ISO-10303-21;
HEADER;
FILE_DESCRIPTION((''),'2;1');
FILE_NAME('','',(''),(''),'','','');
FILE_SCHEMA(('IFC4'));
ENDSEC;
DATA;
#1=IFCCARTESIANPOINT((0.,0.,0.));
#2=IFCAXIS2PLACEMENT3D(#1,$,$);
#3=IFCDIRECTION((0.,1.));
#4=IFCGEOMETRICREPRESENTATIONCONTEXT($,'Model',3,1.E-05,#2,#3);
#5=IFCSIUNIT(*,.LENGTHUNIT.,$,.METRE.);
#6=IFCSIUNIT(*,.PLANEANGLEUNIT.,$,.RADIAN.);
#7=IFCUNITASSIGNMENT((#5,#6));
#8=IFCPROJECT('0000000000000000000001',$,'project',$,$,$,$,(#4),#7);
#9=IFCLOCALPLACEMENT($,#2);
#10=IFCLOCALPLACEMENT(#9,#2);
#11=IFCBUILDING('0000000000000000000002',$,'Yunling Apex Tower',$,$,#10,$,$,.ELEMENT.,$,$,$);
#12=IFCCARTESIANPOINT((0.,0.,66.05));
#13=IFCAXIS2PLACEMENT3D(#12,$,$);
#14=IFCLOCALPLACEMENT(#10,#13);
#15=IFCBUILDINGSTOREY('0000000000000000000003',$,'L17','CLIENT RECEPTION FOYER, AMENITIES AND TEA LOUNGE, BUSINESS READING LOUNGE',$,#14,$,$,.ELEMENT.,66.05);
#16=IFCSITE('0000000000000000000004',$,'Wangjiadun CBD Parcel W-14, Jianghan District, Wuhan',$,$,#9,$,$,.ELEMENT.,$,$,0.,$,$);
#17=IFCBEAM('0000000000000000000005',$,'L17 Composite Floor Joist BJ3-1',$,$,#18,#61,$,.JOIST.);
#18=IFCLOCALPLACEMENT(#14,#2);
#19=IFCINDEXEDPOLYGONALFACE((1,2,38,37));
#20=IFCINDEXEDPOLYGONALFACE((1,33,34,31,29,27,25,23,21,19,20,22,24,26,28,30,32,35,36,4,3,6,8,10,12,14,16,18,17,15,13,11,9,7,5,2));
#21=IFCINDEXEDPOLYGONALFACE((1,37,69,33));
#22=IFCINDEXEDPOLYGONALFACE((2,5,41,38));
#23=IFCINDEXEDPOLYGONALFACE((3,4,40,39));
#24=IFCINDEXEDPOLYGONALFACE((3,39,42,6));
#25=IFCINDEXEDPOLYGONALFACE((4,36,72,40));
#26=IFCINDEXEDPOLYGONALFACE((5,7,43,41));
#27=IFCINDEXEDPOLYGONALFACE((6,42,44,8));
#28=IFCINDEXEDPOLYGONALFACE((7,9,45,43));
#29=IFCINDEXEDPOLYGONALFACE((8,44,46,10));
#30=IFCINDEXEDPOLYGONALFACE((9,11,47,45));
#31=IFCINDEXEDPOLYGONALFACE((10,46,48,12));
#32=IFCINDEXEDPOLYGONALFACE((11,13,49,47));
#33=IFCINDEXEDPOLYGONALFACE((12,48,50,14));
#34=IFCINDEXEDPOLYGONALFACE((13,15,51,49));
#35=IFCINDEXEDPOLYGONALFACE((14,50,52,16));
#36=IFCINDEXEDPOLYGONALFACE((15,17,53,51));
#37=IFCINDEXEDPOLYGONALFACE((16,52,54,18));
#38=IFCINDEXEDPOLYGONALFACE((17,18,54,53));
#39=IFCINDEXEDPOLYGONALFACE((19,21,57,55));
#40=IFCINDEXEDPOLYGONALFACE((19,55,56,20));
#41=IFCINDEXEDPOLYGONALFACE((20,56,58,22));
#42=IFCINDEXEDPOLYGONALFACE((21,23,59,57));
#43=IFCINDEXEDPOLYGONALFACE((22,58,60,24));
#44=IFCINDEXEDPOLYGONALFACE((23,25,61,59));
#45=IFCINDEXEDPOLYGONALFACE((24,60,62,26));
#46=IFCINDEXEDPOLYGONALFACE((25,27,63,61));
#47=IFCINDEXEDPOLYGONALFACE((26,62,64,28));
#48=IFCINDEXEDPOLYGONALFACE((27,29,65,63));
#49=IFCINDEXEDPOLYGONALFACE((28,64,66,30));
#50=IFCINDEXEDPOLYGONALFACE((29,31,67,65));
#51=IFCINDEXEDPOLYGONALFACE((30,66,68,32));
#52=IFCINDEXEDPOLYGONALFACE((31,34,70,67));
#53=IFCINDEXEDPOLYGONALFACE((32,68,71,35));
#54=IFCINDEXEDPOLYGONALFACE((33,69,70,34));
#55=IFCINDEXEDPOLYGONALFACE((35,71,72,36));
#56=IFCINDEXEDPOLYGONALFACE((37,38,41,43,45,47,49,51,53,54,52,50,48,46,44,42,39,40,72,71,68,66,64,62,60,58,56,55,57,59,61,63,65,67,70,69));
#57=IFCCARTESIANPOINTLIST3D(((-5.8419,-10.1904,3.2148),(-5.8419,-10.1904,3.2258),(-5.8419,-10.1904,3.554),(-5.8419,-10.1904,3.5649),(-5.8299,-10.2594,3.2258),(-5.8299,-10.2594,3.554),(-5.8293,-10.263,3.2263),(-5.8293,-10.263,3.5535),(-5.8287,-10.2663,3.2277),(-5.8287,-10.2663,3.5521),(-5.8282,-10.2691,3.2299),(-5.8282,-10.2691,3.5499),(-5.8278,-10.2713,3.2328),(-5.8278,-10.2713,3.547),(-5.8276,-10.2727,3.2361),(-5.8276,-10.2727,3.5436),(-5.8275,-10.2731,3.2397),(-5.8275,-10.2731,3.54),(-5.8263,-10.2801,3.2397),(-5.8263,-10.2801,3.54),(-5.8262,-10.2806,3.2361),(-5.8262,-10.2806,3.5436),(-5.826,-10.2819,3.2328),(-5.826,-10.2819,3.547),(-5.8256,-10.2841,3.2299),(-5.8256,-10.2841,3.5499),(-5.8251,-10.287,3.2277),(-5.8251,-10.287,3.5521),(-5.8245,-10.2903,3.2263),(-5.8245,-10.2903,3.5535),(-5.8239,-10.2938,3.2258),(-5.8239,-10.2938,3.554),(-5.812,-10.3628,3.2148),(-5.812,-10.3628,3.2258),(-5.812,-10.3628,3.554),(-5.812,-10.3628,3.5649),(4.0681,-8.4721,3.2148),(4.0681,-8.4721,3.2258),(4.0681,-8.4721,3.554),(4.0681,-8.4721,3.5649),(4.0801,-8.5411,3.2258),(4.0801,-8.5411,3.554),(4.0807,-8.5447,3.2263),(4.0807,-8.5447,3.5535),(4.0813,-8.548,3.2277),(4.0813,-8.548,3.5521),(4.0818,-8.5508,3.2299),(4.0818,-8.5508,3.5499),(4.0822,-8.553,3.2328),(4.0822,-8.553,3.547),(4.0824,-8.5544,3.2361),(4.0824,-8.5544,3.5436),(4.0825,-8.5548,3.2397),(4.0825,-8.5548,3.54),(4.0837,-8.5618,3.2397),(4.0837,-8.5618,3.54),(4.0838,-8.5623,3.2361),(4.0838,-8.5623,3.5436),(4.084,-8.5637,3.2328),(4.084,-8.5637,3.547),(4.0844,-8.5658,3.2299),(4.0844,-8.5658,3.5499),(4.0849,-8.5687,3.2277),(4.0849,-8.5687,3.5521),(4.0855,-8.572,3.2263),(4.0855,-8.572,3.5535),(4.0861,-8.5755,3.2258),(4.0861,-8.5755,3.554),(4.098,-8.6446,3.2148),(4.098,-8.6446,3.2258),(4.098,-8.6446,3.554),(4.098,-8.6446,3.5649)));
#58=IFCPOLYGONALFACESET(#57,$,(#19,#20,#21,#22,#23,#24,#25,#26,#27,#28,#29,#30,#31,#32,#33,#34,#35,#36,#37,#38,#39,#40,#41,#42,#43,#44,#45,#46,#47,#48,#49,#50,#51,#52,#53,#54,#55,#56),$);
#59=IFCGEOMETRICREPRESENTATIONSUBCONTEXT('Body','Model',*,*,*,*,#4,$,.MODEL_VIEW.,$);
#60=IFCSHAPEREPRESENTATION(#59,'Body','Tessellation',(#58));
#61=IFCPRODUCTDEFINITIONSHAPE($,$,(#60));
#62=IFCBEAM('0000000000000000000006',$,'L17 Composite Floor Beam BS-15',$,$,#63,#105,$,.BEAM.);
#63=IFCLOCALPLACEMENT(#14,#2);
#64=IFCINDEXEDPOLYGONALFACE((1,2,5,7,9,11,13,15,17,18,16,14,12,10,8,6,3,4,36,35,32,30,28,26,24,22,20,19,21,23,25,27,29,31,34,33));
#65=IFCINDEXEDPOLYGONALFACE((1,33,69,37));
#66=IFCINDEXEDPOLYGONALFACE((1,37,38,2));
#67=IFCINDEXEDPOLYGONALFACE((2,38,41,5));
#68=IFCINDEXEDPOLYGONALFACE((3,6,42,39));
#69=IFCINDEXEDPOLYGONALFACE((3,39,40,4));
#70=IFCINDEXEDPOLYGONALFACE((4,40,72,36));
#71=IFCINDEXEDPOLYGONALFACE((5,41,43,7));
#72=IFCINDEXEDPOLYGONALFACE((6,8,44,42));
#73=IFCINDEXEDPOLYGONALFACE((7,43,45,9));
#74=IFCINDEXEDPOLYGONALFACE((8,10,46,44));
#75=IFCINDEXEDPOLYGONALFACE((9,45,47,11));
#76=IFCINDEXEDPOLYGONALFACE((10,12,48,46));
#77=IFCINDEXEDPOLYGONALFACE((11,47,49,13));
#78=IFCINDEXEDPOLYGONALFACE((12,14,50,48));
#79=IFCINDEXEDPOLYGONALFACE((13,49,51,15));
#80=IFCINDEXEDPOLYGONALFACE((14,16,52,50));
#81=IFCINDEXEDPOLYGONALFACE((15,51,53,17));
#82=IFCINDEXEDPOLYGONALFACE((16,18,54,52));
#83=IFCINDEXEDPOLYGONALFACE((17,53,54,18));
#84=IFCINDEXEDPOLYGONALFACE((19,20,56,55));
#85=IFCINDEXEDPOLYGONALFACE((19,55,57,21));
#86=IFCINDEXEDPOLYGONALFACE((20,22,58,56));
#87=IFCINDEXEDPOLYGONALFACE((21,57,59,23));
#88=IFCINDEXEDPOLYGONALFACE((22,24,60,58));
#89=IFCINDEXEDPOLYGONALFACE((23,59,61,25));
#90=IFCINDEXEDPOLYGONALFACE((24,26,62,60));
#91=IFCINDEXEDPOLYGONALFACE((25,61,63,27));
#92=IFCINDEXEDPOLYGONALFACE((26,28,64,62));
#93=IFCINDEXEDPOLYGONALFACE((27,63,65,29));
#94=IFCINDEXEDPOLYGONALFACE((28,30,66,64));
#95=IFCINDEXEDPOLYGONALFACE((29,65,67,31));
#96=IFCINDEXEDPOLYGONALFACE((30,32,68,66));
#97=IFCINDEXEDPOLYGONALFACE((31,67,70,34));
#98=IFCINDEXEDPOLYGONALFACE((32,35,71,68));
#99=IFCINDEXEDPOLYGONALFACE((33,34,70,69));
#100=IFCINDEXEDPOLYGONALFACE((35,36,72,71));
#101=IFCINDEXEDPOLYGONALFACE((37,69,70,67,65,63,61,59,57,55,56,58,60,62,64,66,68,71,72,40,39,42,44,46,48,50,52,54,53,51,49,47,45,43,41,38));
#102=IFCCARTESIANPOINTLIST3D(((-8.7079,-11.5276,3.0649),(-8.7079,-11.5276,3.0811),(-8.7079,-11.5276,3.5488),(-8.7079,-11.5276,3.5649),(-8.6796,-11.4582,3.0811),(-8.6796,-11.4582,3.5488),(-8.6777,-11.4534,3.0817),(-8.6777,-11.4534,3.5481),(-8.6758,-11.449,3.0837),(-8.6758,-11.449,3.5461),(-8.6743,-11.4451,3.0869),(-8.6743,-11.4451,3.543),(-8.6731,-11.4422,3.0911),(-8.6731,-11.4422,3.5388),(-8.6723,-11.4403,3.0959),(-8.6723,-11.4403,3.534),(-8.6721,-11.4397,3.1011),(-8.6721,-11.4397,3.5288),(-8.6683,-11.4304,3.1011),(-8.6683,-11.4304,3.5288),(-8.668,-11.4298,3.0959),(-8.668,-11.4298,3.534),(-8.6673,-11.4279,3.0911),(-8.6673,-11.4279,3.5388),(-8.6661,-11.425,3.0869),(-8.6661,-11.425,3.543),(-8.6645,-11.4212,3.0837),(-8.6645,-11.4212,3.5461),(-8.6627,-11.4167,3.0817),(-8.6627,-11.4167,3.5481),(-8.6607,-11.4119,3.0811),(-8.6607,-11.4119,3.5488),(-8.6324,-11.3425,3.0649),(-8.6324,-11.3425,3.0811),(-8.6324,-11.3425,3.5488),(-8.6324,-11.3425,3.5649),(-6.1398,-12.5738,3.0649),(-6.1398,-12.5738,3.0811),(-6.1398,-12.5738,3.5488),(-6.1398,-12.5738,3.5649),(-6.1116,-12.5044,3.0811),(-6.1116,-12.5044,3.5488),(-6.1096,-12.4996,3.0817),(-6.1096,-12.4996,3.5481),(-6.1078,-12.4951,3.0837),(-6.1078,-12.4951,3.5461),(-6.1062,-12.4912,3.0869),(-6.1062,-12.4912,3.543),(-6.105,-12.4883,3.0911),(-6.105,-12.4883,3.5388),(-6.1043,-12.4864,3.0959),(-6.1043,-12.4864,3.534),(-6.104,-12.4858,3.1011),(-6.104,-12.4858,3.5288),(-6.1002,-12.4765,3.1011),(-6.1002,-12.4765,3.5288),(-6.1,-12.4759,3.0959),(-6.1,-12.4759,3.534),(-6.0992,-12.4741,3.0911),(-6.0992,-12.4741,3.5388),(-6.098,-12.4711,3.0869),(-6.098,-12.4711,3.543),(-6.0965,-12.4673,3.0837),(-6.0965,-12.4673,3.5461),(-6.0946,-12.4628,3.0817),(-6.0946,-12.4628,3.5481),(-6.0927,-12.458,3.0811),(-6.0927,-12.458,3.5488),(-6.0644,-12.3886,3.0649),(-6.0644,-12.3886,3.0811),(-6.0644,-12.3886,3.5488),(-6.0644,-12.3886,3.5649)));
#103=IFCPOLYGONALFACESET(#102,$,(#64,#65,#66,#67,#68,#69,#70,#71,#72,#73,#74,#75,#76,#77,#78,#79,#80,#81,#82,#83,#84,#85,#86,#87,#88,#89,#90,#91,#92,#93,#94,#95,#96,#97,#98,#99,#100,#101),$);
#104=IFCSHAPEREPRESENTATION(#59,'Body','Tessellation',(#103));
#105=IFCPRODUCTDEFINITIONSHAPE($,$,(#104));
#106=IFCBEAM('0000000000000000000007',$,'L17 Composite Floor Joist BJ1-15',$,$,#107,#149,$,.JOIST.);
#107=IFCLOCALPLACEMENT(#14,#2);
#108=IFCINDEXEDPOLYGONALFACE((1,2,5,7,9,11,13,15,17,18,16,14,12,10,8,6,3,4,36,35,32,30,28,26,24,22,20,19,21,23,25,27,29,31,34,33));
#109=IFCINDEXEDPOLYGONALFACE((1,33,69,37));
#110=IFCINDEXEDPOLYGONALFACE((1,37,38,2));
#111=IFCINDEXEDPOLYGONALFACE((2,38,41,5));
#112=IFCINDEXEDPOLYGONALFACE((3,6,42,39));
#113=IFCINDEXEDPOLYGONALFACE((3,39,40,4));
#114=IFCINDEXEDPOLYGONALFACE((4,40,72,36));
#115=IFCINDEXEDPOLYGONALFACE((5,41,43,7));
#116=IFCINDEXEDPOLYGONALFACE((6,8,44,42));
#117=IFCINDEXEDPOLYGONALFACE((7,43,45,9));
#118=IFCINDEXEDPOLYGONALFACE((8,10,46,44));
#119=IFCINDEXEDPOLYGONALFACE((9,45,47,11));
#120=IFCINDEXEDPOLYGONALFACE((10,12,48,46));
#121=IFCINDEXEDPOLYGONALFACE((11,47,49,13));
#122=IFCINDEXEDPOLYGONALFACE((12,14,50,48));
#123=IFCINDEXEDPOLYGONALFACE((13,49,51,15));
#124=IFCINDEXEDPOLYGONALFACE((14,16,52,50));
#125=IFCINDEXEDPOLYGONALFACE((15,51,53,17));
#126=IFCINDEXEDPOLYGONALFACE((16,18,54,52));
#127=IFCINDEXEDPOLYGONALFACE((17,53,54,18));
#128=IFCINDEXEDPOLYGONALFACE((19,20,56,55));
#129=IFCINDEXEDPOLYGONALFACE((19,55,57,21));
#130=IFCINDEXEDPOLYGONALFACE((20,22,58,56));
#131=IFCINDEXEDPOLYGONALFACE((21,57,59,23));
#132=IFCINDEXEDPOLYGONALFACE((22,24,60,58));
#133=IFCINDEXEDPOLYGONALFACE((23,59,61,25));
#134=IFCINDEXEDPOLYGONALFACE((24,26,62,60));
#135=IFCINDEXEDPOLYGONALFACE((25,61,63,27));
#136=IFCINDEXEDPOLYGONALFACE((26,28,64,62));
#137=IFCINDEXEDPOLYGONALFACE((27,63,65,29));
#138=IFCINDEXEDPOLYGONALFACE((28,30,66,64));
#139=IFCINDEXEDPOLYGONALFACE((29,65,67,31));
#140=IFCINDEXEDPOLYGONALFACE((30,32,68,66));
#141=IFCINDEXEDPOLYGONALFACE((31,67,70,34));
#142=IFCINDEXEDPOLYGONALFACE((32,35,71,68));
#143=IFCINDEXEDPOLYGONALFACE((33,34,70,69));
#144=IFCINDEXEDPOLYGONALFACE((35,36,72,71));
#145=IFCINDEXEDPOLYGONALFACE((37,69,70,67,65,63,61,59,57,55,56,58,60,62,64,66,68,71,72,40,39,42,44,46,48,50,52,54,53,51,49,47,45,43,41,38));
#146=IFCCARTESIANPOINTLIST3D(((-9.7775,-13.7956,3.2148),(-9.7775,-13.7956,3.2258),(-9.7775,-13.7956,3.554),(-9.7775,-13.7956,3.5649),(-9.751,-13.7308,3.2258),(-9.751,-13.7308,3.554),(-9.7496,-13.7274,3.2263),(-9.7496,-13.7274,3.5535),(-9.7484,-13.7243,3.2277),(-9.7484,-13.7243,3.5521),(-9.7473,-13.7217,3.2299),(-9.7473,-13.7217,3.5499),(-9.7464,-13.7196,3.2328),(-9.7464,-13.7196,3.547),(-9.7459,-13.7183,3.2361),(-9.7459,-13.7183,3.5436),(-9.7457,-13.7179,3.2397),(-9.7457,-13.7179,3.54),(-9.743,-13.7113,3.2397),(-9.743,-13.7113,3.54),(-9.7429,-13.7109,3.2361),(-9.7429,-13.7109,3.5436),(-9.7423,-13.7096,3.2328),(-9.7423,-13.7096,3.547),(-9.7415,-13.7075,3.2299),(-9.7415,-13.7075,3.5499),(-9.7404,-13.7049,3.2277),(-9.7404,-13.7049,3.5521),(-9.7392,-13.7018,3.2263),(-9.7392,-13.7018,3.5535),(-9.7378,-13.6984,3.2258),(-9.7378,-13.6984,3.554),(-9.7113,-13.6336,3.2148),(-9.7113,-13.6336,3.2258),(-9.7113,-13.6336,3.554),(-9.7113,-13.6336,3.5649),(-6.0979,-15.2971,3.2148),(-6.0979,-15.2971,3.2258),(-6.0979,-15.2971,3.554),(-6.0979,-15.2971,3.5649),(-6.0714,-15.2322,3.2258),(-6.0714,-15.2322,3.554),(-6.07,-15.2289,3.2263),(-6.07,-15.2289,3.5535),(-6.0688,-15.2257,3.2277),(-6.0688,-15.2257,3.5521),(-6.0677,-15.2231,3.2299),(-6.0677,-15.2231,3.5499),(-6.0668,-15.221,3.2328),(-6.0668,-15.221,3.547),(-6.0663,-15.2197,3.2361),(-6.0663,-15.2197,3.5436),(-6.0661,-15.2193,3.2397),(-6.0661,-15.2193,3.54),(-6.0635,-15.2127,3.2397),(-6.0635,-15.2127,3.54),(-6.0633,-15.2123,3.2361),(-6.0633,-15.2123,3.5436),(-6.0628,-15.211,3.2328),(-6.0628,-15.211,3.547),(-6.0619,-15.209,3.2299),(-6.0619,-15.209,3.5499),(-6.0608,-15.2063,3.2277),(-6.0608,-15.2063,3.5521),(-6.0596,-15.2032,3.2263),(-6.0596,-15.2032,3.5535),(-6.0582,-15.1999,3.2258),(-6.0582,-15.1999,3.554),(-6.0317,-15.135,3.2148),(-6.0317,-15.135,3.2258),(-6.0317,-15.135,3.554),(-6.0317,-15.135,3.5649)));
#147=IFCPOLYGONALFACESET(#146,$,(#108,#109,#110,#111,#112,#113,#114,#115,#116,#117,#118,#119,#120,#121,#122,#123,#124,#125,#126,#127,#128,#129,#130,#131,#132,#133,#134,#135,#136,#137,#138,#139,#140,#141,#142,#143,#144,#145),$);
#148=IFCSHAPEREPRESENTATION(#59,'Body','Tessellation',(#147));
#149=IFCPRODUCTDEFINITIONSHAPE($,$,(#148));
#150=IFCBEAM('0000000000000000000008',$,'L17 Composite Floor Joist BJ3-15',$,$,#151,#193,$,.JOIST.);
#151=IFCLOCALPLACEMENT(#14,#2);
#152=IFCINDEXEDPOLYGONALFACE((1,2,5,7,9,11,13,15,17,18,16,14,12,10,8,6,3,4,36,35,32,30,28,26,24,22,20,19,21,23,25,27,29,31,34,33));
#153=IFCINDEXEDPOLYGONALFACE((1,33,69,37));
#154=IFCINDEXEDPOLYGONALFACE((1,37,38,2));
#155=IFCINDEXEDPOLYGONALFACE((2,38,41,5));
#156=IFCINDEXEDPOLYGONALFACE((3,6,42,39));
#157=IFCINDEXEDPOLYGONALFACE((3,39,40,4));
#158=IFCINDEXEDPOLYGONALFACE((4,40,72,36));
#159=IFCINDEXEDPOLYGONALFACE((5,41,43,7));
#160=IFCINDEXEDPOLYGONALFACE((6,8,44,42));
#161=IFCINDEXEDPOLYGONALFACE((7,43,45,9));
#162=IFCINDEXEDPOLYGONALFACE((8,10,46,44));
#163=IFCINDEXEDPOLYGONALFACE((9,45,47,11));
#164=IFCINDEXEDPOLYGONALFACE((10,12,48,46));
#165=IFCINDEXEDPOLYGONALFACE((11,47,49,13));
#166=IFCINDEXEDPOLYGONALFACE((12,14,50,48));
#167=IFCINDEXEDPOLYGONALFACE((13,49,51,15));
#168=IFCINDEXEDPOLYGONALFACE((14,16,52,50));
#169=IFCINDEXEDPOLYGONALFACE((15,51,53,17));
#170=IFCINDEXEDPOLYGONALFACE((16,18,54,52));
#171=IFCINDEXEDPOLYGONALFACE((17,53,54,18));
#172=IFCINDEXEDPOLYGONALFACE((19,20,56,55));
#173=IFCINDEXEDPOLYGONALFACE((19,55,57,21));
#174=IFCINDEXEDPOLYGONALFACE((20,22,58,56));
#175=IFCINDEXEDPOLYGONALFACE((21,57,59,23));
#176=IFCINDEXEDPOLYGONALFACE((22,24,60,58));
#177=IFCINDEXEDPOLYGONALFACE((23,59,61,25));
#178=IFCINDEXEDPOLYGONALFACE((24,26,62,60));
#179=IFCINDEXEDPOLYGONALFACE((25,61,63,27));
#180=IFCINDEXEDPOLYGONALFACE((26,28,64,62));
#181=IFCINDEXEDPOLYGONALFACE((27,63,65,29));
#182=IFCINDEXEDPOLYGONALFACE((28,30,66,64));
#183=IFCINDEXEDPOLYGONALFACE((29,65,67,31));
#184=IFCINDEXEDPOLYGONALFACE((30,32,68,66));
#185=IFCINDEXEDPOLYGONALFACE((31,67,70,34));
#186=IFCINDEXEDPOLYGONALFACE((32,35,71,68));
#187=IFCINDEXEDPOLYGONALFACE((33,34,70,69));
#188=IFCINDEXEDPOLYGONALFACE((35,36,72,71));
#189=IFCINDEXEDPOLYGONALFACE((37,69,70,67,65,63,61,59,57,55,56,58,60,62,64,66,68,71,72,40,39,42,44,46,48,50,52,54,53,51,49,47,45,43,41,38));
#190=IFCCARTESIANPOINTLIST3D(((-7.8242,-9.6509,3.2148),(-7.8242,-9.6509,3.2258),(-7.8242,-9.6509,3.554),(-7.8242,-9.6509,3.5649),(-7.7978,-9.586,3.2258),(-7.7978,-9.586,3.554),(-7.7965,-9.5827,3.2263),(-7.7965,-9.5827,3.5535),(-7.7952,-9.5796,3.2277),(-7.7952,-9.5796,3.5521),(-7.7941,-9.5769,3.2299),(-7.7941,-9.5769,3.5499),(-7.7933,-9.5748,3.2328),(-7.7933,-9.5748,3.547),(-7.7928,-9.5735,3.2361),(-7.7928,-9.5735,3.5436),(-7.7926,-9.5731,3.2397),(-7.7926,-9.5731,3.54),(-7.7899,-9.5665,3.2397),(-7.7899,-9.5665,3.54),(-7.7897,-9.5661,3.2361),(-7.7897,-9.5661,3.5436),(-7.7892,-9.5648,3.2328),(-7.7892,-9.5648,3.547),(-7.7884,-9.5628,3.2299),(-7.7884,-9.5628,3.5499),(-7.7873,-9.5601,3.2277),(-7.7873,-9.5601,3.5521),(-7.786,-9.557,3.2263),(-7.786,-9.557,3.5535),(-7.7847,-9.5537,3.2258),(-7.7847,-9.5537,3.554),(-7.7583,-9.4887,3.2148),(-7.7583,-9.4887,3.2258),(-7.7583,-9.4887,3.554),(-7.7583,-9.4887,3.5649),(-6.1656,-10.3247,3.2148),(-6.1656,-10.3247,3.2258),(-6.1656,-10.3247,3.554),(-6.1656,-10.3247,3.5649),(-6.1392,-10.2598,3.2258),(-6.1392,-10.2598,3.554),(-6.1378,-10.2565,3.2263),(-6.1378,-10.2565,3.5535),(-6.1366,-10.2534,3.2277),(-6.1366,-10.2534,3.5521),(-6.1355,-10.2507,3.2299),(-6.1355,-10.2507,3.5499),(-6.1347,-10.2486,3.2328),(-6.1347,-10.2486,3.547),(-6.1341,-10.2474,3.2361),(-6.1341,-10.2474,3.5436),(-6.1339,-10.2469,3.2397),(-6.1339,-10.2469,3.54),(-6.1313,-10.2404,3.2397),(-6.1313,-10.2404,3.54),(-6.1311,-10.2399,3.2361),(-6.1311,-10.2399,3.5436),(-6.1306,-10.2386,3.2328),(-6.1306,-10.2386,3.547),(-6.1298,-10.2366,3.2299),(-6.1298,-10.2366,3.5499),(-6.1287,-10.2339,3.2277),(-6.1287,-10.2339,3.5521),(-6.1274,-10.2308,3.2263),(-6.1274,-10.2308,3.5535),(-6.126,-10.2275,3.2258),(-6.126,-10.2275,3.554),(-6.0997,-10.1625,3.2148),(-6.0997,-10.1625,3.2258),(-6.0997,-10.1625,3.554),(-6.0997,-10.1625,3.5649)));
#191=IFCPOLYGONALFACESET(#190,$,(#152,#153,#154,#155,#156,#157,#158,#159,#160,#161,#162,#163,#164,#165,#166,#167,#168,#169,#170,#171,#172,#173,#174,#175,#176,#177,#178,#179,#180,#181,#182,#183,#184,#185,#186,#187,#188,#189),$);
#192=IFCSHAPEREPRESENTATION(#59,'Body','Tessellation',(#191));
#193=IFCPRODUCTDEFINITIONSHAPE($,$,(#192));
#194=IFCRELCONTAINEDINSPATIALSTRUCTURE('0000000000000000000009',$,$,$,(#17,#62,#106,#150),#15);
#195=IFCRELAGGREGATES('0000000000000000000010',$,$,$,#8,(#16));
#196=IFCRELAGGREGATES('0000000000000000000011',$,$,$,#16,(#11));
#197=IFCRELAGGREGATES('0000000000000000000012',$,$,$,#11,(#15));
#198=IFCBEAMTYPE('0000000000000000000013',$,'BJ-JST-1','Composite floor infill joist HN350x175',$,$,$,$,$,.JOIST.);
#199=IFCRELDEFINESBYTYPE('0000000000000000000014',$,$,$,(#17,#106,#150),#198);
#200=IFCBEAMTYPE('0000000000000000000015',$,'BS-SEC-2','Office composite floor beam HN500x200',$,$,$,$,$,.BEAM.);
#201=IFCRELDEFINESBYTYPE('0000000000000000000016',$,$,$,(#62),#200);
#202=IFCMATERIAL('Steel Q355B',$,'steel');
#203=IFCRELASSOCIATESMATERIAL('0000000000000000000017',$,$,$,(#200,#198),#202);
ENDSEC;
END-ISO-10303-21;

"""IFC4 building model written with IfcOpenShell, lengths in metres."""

from ifc_helpers import new_model, si_unit, direction, frame, origin, origin_2d, place, context, subcontext, project, spatial, i_section, extrude, source, transform, mapped, material, material_profile, profile_set, type_object, element, save


model = new_model("IFC4")

# Units and contexts
model_context = context("Model", 3, precision=1e-05, world=origin(), true_north=direction((0.0, 1.0)))
body_context = subcontext(model_context, "Body", "Model", "MODEL_VIEW")
ifc_project = project(units=[si_unit("LENGTHUNIT", "METRE"), si_unit("PLANEANGLEUNIT", "RADIAN")], contexts=[model_context])

# Site, building, storey
site_placement = place(None, origin())
site = spatial("IfcSite", under=ifc_project, at=site_placement, Name="Wangjiadun CBD Parcel W-14, Jianghan District, Wuhan", CompositionType="ELEMENT", RefElevation=0.0)
building_placement = place(site_placement, origin())
building = spatial("IfcBuilding", under=site, at=building_placement, Name="Yunling Apex Tower", CompositionType="ELEMENT")
storey_placement = place(building_placement, frame((0.0, 0.0, 66.05)))
storey = spatial("IfcBuildingStorey", under=building, at=storey_placement, Name="L17", Description="CLIENT RECEPTION FOYER, AMENITIES AND TEA LOUNGE, BUSINESS READING LOUNGE", CompositionType="ELEMENT", Elevation=66.05)

# Beams
ifc_material_1 = material(Name="Steel Q355B", Category="steel")
ifc_material_profile_1 = material_profile(ifc_material_1, i_section(OverallWidth=0.2, OverallDepth=0.5, WebThickness=0.01, FlangeThickness=0.0161, FilletRadius=0.02, at=origin_2d()))
ifc_profile_set_1 = profile_set([ifc_material_profile_1], Name="Steel Q355B")
beam_type_1 = type_object("IfcBeamType", Name="BS-SEC-2", Description="Office composite floor beam HN500x200", PredefinedType="BEAM", material=ifc_profile_set_1)
ifc_material_profile_2 = material_profile(ifc_material_1, i_section(OverallWidth=0.175, OverallDepth=0.3501, WebThickness=0.0071, FlangeThickness=0.011, FilletRadius=0.0139, at=origin_2d()))
ifc_profile_set_2 = profile_set([ifc_material_profile_2], Name="Steel Q355B")
beam_type_2 = type_object("IfcBeamType", Name="BJ-JST-1", Description="Composite floor infill joist HN350x175", PredefinedType="JOIST", material=ifc_profile_set_2)
shared_shape_1 = source(origin(), body_context, "Body", "SweptSolid", [
    extrude(i_section(OverallWidth=0.175, OverallDepth=0.3501, WebThickness=0.0071, FlangeThickness=0.011, FilletRadius=0.0139, at=origin_2d()), origin(), (0.0, 0.0, 1.0), 10.0579),
])
beam_1_placement = place(storey_placement, frame((-5.8269, -10.2766, 3.3899), z_axis=(0.985299, 0.170839, 0.0), x_axis=(-0.170839, 0.985299, 0.0)))
element("IfcBeam", 1, at=beam_1_placement, inside=storey, type_object=beam_type_2, Name="L17 Composite Floor Joist BJ3-1", PredefinedType="JOIST", context=body_context, shape_type="MappedRepresentation", body=[
    mapped(shared_shape_1, transform((0.0, 0.0, 0.0), scale=1.0)),
])
shared_shape_2 = source(origin(), body_context, "Body", "SweptSolid", [
    extrude(i_section(OverallWidth=0.2, OverallDepth=0.5, WebThickness=0.01, FlangeThickness=0.0161, FilletRadius=0.02, at=origin_2d()), origin(), (0.0, 0.0, 1.0), 2.7729),
])
beam_2_placement = place(storey_placement, frame((-8.6702, -11.4351, 3.3149), z_axis=(0.926108, -0.377258, 0.0), x_axis=(0.377258, 0.926108, 0.0)))
element("IfcBeam", 2, at=beam_2_placement, inside=storey, type_object=beam_type_1, Name="L17 Composite Floor Beam BS-15", PredefinedType="BEAM", context=body_context, shape_type="MappedRepresentation", body=[
    mapped(shared_shape_2, transform((0.0, 0.0, 0.0), scale=1.0)),
])
shared_shape_3 = source(origin(), body_context, "Body", "SweptSolid", [
    extrude(i_section(OverallWidth=0.175, OverallDepth=0.3501, WebThickness=0.0071, FlangeThickness=0.011, FilletRadius=0.0139, at=origin_2d()), origin(), (0.0, 0.0, 1.0), 3.9741),
])
beam_3_placement = place(storey_placement, frame((-9.7444, -13.7146, 3.3899), z_axis=(0.925887, -0.3778, 0.0), x_axis=(0.3778, 0.925887, 0.0)))
element("IfcBeam", 3, at=beam_3_placement, inside=storey, type_object=beam_type_2, Name="L17 Composite Floor Joist BJ1-15", PredefinedType="JOIST", context=body_context, shape_type="MappedRepresentation", body=[
    mapped(shared_shape_3, transform((0.0, 0.0, 0.0), scale=1.0)),
])
shared_shape_4 = source(origin(), body_context, "Body", "SweptSolid", [
    extrude(i_section(OverallWidth=0.175, OverallDepth=0.3501, WebThickness=0.0071, FlangeThickness=0.011, FilletRadius=0.0139, at=origin_2d()), origin(), (0.0, 0.0, 1.0), 1.7903),
])
beam_4_placement = place(storey_placement, frame((-7.7913, -9.5698, 3.3899), z_axis=(0.92647, -0.37637, 0.0), x_axis=(0.37637, 0.92647, 0.0)))
element("IfcBeam", 4, at=beam_4_placement, inside=storey, type_object=beam_type_2, Name="L17 Composite Floor Joist BJ3-15", PredefinedType="JOIST", context=body_context, shape_type="MappedRepresentation", body=[
    mapped(shared_shape_4, transform((0.0, 0.0, 0.0), scale=1.0)),
])

save(model, "model.ifc")
